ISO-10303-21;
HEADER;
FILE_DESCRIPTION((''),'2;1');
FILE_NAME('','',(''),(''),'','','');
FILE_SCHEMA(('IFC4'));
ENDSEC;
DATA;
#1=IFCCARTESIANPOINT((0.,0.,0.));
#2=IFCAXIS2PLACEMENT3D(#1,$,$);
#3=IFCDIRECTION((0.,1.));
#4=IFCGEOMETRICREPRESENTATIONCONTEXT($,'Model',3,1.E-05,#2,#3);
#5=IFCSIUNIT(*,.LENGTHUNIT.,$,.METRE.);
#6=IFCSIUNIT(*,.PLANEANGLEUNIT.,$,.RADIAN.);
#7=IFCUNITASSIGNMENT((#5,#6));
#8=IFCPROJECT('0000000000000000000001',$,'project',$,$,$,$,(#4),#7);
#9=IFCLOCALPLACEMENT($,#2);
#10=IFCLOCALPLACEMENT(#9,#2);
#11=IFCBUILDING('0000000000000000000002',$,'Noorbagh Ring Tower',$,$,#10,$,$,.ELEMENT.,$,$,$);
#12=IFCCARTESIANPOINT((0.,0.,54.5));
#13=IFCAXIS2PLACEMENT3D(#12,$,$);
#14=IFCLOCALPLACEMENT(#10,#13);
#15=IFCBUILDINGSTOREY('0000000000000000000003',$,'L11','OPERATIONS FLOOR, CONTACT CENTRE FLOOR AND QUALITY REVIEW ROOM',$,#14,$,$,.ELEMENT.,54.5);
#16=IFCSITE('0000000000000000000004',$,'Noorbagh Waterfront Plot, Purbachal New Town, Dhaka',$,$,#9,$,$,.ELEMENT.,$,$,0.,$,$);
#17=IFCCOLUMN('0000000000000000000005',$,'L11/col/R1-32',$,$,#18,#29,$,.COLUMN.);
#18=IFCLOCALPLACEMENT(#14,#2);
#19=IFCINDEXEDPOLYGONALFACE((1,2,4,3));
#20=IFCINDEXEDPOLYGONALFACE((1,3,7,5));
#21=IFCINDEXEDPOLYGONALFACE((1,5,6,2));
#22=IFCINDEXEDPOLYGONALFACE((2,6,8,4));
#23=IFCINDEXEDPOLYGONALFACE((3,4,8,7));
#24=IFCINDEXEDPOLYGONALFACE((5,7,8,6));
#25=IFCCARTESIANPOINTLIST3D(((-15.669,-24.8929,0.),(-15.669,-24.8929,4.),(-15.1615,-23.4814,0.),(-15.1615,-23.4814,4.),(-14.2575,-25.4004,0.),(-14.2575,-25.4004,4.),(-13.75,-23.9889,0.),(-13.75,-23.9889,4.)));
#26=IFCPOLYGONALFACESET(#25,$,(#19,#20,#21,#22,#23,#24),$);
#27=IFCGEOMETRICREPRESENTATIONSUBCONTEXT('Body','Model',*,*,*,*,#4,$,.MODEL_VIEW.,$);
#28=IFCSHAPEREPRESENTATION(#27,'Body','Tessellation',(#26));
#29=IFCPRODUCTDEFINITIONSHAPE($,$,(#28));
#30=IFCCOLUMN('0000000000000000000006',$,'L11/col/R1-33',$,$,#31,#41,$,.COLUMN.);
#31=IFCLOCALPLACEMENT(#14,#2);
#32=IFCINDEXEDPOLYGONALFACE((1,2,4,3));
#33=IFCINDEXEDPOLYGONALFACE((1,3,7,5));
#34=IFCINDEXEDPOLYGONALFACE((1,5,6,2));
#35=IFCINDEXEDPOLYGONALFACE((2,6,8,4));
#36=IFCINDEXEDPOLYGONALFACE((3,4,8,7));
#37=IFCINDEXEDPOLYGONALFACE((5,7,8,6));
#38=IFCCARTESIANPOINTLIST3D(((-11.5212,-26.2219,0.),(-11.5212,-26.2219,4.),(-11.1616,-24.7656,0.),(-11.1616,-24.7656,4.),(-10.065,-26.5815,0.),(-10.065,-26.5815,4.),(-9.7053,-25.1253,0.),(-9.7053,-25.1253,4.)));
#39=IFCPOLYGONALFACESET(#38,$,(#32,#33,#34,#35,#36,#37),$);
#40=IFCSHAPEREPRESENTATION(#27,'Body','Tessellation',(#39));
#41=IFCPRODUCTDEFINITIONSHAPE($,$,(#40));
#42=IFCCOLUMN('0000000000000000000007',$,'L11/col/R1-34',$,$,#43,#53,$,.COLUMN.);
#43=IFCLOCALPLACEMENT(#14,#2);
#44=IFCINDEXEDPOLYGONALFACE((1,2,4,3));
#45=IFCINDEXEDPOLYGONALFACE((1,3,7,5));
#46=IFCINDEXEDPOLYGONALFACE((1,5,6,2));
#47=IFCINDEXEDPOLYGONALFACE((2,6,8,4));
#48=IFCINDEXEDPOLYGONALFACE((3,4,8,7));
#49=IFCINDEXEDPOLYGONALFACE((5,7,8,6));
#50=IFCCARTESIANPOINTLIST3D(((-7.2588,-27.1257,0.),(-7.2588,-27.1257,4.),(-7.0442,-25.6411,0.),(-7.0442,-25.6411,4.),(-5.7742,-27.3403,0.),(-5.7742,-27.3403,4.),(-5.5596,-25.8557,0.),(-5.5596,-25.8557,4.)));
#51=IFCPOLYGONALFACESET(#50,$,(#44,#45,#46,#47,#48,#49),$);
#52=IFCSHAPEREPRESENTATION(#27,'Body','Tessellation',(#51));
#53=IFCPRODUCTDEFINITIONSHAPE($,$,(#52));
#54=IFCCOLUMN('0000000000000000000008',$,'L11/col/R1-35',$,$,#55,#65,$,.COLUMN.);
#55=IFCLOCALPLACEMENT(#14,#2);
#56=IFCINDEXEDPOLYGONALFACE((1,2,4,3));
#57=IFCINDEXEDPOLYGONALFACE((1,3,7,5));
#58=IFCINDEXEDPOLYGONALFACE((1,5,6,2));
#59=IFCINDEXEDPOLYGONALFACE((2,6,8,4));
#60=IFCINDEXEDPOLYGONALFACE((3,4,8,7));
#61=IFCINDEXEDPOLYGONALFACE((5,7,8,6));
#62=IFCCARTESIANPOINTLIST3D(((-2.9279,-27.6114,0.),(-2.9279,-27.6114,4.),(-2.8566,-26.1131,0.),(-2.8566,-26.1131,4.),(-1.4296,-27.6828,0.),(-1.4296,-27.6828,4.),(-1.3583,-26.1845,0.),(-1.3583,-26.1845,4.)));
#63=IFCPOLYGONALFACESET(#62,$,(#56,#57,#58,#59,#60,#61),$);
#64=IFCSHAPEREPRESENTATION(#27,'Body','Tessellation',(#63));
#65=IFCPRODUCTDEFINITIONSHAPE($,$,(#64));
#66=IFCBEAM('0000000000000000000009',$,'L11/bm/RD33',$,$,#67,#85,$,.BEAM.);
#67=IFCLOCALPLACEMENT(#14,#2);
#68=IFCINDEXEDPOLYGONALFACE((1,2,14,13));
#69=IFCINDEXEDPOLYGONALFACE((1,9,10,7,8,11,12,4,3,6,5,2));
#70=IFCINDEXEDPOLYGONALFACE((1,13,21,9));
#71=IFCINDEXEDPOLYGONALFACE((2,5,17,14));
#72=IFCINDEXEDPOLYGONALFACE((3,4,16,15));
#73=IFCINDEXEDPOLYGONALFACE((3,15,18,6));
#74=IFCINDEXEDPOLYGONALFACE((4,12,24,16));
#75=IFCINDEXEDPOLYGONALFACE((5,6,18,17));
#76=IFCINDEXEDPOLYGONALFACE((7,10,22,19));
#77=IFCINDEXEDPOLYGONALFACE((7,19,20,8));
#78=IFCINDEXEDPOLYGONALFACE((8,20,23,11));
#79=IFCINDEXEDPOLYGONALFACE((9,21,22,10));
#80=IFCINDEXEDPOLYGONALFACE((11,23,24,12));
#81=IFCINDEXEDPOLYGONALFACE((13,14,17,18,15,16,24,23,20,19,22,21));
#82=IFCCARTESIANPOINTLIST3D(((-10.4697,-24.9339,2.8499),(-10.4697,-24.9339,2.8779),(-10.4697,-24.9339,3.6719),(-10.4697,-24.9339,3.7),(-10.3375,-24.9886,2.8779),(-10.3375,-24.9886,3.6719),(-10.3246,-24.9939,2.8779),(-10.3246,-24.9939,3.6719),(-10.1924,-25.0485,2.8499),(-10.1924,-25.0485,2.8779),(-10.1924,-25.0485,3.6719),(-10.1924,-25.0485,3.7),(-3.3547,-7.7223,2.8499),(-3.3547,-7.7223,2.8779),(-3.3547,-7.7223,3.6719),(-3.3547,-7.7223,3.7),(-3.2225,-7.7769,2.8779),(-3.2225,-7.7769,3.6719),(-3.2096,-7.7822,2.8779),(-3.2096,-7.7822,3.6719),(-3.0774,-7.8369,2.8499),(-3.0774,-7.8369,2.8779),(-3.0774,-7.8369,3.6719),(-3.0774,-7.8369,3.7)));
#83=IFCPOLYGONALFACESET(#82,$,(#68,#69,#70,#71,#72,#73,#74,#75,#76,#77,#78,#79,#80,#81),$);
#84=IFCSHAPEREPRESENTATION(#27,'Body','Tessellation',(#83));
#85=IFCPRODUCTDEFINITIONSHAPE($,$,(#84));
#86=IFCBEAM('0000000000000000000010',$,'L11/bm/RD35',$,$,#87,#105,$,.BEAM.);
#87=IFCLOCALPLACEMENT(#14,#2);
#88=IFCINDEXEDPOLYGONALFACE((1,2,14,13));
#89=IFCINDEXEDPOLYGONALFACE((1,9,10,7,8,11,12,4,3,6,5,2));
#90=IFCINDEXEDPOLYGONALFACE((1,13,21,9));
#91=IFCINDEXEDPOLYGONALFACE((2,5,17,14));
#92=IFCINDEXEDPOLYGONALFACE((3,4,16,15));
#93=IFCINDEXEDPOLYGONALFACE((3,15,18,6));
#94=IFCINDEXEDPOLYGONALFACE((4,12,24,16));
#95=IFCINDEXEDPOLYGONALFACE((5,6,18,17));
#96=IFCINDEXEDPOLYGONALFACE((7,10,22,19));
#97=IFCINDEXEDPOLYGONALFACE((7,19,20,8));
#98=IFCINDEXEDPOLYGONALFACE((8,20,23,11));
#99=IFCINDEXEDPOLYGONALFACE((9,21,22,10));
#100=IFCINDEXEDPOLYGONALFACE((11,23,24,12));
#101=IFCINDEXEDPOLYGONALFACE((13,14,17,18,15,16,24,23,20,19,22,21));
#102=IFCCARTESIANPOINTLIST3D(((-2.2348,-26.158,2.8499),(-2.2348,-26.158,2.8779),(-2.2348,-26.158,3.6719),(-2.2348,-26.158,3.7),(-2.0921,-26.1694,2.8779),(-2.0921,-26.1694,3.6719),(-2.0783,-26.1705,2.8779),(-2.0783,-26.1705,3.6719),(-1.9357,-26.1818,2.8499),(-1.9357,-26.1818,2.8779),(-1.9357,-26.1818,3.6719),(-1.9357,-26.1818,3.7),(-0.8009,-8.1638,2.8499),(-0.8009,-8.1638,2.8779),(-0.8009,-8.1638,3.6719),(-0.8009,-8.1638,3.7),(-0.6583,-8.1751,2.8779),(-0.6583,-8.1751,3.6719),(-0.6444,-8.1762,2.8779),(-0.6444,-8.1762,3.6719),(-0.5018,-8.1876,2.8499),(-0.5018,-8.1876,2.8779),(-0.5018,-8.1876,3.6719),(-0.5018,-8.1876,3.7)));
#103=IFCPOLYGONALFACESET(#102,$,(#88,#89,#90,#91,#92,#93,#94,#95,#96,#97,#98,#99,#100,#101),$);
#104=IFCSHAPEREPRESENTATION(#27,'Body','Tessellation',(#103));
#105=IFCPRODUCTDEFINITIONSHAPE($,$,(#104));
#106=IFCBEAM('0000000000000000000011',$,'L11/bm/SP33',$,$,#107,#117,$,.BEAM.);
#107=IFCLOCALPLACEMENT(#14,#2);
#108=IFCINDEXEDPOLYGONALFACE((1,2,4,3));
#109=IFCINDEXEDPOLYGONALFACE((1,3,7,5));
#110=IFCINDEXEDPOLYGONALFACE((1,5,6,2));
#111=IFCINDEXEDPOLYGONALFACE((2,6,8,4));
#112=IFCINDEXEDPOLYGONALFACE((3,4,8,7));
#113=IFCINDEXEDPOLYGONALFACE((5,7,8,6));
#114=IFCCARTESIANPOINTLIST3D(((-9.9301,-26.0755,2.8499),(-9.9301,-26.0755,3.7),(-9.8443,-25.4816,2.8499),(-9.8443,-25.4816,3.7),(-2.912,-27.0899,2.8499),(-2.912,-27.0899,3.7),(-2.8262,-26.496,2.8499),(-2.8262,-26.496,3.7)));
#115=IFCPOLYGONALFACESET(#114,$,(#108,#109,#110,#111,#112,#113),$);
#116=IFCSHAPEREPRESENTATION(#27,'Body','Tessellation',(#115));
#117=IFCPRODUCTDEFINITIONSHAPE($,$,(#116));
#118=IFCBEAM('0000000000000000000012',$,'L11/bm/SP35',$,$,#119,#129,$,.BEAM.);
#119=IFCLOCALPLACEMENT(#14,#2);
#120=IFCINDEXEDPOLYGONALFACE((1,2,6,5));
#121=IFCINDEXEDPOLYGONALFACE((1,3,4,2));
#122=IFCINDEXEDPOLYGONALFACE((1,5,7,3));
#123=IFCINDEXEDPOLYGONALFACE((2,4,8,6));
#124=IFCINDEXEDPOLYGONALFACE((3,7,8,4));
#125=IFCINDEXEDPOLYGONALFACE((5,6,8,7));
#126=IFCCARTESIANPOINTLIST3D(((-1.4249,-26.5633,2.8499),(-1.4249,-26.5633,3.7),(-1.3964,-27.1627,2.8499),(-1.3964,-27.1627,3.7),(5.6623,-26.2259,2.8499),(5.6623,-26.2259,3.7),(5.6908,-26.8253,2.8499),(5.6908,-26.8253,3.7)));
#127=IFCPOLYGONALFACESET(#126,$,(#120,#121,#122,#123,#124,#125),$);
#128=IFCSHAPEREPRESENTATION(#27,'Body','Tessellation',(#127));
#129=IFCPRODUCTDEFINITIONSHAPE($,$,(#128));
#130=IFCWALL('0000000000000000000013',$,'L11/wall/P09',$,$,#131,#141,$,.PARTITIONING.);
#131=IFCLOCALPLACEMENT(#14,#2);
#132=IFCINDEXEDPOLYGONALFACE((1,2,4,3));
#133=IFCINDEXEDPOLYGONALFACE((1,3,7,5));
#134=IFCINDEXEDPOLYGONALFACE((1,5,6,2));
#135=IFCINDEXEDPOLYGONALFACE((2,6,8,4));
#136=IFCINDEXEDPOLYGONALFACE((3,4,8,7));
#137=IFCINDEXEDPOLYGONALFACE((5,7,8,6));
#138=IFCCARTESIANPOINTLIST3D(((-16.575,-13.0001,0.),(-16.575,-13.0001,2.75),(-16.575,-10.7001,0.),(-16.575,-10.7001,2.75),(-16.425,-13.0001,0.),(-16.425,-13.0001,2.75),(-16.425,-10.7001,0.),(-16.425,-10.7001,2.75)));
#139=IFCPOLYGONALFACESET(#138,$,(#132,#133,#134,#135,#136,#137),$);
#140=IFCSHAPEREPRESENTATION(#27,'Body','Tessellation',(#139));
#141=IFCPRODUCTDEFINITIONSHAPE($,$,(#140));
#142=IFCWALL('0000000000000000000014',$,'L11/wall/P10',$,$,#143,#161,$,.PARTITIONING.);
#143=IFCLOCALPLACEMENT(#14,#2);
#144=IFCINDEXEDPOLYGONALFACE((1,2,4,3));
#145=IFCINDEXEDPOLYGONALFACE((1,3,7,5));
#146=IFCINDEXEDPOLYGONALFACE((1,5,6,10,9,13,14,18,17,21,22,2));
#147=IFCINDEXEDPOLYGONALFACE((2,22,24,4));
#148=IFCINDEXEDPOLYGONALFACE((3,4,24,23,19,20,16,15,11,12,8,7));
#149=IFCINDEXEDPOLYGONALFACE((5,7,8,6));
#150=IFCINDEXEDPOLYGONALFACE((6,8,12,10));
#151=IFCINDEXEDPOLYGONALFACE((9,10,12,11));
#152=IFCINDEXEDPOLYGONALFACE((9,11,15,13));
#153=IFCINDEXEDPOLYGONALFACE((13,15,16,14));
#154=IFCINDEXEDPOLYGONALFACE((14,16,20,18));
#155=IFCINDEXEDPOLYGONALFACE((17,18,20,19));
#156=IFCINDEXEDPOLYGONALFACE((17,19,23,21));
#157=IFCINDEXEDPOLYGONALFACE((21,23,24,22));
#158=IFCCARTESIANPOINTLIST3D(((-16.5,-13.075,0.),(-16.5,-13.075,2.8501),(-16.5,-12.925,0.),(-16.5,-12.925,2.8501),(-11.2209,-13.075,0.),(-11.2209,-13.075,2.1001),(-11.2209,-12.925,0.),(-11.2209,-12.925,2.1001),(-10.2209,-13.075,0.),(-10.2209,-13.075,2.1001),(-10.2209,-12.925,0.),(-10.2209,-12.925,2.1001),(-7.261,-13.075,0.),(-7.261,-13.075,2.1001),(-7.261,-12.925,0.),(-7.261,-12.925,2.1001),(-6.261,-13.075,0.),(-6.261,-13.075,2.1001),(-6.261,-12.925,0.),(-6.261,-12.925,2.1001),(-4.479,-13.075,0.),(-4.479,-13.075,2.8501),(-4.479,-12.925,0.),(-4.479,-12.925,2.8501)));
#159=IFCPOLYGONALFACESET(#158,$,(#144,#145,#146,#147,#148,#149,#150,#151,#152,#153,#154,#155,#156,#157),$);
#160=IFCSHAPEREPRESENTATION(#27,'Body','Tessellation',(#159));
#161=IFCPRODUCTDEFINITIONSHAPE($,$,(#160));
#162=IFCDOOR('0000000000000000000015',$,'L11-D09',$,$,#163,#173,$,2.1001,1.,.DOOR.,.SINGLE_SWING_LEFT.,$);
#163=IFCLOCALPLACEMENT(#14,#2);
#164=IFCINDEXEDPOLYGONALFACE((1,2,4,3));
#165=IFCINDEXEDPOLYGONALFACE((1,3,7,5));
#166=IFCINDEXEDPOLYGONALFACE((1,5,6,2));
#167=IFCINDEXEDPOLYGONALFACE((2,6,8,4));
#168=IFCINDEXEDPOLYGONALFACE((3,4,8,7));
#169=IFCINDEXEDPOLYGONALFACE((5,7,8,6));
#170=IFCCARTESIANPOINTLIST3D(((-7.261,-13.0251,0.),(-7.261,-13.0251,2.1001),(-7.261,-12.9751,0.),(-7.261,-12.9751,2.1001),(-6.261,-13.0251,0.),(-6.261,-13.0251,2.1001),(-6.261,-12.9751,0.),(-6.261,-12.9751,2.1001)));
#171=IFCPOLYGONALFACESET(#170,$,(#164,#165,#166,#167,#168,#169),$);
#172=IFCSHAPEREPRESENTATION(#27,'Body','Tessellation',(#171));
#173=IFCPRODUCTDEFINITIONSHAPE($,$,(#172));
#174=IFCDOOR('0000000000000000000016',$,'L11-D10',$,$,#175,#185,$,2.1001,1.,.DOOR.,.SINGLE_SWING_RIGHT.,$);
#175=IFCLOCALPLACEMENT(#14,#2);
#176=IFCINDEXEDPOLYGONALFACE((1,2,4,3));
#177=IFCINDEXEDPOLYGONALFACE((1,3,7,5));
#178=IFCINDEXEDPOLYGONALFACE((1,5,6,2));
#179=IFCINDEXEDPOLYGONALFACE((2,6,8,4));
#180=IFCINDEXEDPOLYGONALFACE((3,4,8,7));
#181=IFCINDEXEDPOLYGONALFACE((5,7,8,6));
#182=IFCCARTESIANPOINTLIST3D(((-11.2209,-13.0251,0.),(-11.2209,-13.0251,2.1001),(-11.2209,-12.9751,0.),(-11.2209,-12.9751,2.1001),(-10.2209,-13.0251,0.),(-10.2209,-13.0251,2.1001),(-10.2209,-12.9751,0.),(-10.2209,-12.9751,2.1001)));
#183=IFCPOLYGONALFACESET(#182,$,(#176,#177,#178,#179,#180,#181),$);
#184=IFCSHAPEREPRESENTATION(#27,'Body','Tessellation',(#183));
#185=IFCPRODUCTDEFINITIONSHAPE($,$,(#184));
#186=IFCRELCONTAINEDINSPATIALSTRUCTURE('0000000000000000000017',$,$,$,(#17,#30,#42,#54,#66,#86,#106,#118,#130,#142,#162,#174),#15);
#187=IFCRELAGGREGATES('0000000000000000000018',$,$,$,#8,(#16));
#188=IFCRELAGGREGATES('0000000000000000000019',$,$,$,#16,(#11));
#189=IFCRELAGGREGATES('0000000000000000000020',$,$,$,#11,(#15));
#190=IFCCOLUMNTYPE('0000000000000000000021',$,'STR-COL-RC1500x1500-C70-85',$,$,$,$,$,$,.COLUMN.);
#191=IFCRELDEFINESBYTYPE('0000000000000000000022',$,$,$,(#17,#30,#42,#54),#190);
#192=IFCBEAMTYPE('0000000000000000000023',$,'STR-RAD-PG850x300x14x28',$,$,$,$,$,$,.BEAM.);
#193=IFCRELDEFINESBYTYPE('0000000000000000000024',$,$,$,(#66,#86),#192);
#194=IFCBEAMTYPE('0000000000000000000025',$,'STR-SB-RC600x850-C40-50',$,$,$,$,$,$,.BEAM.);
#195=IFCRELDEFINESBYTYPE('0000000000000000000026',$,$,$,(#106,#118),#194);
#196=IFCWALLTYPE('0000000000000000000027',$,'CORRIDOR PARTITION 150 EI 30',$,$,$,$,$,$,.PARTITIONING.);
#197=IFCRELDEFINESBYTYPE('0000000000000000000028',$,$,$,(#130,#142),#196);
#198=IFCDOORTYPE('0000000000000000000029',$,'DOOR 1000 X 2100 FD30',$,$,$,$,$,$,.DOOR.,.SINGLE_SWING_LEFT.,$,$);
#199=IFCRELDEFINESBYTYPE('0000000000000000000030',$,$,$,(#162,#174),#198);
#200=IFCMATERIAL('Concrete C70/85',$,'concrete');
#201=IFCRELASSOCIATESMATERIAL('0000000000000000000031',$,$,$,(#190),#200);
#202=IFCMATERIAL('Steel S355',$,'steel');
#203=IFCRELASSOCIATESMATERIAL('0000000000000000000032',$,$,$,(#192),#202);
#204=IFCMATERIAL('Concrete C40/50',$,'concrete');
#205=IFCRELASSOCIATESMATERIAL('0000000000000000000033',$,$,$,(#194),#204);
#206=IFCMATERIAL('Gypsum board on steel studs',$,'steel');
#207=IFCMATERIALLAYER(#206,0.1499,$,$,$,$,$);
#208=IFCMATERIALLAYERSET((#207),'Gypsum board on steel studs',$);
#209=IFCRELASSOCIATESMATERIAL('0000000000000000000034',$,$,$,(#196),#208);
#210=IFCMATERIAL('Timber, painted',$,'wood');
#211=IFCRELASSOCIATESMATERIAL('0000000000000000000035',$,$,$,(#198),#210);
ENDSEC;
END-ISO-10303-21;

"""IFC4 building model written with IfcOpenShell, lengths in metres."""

from ifc_helpers import new_model, si_unit, direction, frame, frame_2d, origin, origin_2d, place, context, subcontext, project, spatial, rectangle, i_section, extrude, material, layer, layer_set, material_profile, profile_set, type_object, element, fill, save


model = new_model("IFC4")

# Units and contexts
model_context = context("Model", 3, precision=1e-05, world=origin(), true_north=direction((0.0, 1.0)))
body_context = subcontext(model_context, "Body", "Model", "MODEL_VIEW")
ifc_project = project(units=[si_unit("LENGTHUNIT", "METRE"), si_unit("PLANEANGLEUNIT", "RADIAN")], contexts=[model_context])

# Site, building, storey
site_placement = place(None, origin())
site = spatial("IfcSite", under=ifc_project, at=site_placement, Name="Noorbagh Waterfront Plot, Purbachal New Town, Dhaka", CompositionType="ELEMENT", RefElevation=0.0)
building_placement = place(site_placement, origin())
building = spatial("IfcBuilding", under=site, at=building_placement, Name="Noorbagh Ring Tower", CompositionType="ELEMENT")
storey_placement = place(building_placement, frame((0.0, 0.0, 54.5)))
storey = spatial("IfcBuildingStorey", under=building, at=storey_placement, Name="L11", Description="OPERATIONS FLOOR, CONTACT CENTRE FLOOR AND QUALITY REVIEW ROOM", CompositionType="ELEMENT", Elevation=54.5)

# Columns
ifc_material_1 = material(Name="Concrete C70/85", Category="concrete")
ifc_material_profile_1 = material_profile(ifc_material_1, rectangle(XDim=1.5, YDim=1.5, at=origin_2d()), Name="RC1500x1500")
ifc_profile_set_1 = profile_set([ifc_material_profile_1], Name="Concrete C70/85")
column_type = type_object("IfcColumnType", Name="STR-COL-RC1500x1500-C70-85", PredefinedType="COLUMN", material=ifc_profile_set_1)
for number, where, z_axis, x_axis, name in (
    (1, (-14.7095, -24.4409, 0.0), (0.0, 0.0, 1.0), (0.941025, -0.338338, 0.0), "L11/col/R1-32"),
    (2, (-10.6133, -25.6736, 0.0), (0.0, 0.0, 1.0), (0.970829, -0.239771, 0.0), "L11/col/R1-33"),
    (3, (-6.4092, -26.4907, 0.0), (0.0, 0.0, 1.0), (0.989713, -0.143066, 0.0), "L11/col/R1-34"),
    (4, (-2.1431, -26.8979, 0.0), (0.0, 0.0, 1.0), (0.998869, -0.047553, 0.0), "L11/col/R1-35"),
):
    element("IfcColumn", number, at=place(storey_placement, frame(where, z_axis=z_axis, x_axis=x_axis)), inside=storey, type_object=column_type, Name=name, PredefinedType="COLUMN", context=body_context, shape_type="SweptSolid", body=[
        extrude(rectangle(XDim=1.5, YDim=1.5, at=origin_2d()), origin(), (0.0, 0.0, 1.0), 4.0),
    ])

# Beams
ifc_material_2 = material(Name="Steel S355", Category="steel")
ifc_material_profile_2 = material_profile(ifc_material_2, i_section(OverallWidth=0.3, OverallDepth=0.8501, WebThickness=0.0139, FlangeThickness=0.0281, at=origin_2d()), Name="PG850x300x14x28")
ifc_profile_set_2 = profile_set([ifc_material_profile_2], Name="Steel S355")
beam_type_1 = type_object("IfcBeamType", Name="STR-RAD-PG850x300x14x28", PredefinedType="BEAM", material=ifc_profile_set_2)
beam_1_placement = place(storey_placement, frame((-10.3311, -24.9912, 3.2749), z_axis=(0.382027, 0.924151, 0.0), x_axis=(-0.924151, 0.382027, 0.0)))
element("IfcBeam", 5, at=beam_1_placement, inside=storey, type_object=beam_type_1, Name="L11/bm/RD33", PredefinedType="BEAM", context=body_context, shape_type="SweptSolid", body=[
    extrude(i_section(OverallWidth=0.3, OverallDepth=0.8501, WebThickness=0.0139, FlangeThickness=0.0281, at=origin_2d()), origin(), (0.0, 0.0, 1.0), 18.6243),
])
beam_2_placement = place(storey_placement, frame((-2.0852, -26.1699, 3.2749), z_axis=(0.079432, 0.99684, 0.0), x_axis=(-0.99684, 0.079432, 0.0)))
element("IfcBeam", 6, at=beam_2_placement, inside=storey, type_object=beam_type_1, Name="L11/bm/RD35", PredefinedType="BEAM", context=body_context, shape_type="SweptSolid", body=[
    extrude(i_section(OverallWidth=0.3, OverallDepth=0.8501, WebThickness=0.0139, FlangeThickness=0.0281, at=origin_2d()), origin(), (0.0, 0.0, 1.0), 18.0513),
])
ifc_material_3 = material(Name="Concrete C40/50", Category="concrete")
ifc_material_profile_3 = material_profile(ifc_material_3, rectangle(XDim=0.6001, YDim=0.8501, at=origin_2d()), Name="RC600x850")
ifc_profile_set_3 = profile_set([ifc_material_profile_3], Name="Concrete C40/50")
beam_type_2 = type_object("IfcBeamType", Name="STR-SB-RC600x850-C40-50", PredefinedType="BEAM", material=ifc_profile_set_3)
beam_3_placement = place(storey_placement, frame((-9.8872, -25.7786, 3.2749), z_axis=(0.989715, -0.143055, 0.0), x_axis=(0.143055, 0.989715, 0.0)))
element("IfcBeam", 7, at=beam_3_placement, inside=storey, type_object=beam_type_2, Name="L11/bm/SP33", PredefinedType="BEAM", context=body_context, shape_type="SweptSolid", body=[
    extrude(rectangle(XDim=0.6001, YDim=0.8501, at=origin_2d()), origin(), (0.0, 0.0, 1.0), 7.0911),
])
beam_4_placement = place(storey_placement, frame((-1.4106, -26.863, 3.2749), z_axis=(0.998869, 0.047554, 0.0), x_axis=(-0.047554, 0.998869, 0.0)))
element("IfcBeam", 8, at=beam_4_placement, inside=storey, type_object=beam_type_2, Name="L11/bm/SP35", PredefinedType="BEAM", context=body_context, shape_type="SweptSolid", body=[
    extrude(rectangle(XDim=0.6001, YDim=0.8501, at=origin_2d()), origin(), (0.0, 0.0, 1.0), 7.0952),
])

# Wall
ifc_material_4 = material(Name="Gypsum board on steel studs", Category="steel")
ifc_layer_1 = layer(ifc_material_4, 0.1499)
ifc_layer_set_1 = layer_set([ifc_layer_1], Name="Gypsum board on steel studs")
wall_type_1 = type_object("IfcWallType", Name="CORRIDOR PARTITION 150 EI 30", PredefinedType="PARTITIONING", material=ifc_layer_set_1)
wall_1_placement = place(storey_placement, frame((-16.5, -13.0, 0.0), z_axis=(0.0, 0.0, 1.0), x_axis=(0.0, 1.0, 0.0)))
element("IfcWall", 9, at=wall_1_placement, inside=storey, type_object=wall_type_1, Name="L11/wall/P09", PredefinedType="PARTITIONING", context=body_context, shape_type="SweptSolid", body=[
    extrude(rectangle(XDim=2.3, YDim=0.1499, at=frame_2d((1.1499, 0.0))), origin(), (0.0, 0.0, 1.0), 2.75),
])

# Wall, openings, doors
wall_2_placement = place(storey_placement, frame((-16.5, -13.0, 0.0), z_axis=(0.0, 0.0, 1.0), x_axis=(1.0, 0.0, 0.0)))
wall_2 = element("IfcWall", 10, at=wall_2_placement, inside=storey, type_object=wall_type_1, Name="L11/wall/P10", PredefinedType="PARTITIONING", context=body_context, shape_type="SweptSolid", body=[
    extrude(rectangle(XDim=12.021, YDim=0.1499, at=frame_2d((6.0105, 0.0))), origin(), (0.0, 0.0, 1.0), 2.8501),
])
opening_1_placement = place(wall_2_placement, frame((9.239, 0.0, 0.0)))
opening_1 = element("IfcOpeningElement", 11, at=opening_1_placement, cuts=wall_2, PredefinedType="OPENING", context=body_context, shape_type="SweptSolid", body=[
    extrude(rectangle(XDim=1.0, YDim=2.1001, at=frame_2d((0.5, 1.05))), frame((0.0, 0.085, 0.0), z_axis=(0.0, -1.0, 0.0), x_axis=(1.0, 0.0, 0.0)), (0.0, 0.0, 1.0), 0.1699),
])
opening_2_placement = place(wall_2_placement, frame((5.2791, 0.0, 0.0)))
opening_2 = element("IfcOpeningElement", 12, at=opening_2_placement, cuts=wall_2, PredefinedType="OPENING", context=body_context, shape_type="SweptSolid", body=[
    extrude(rectangle(XDim=1.0, YDim=2.1001, at=frame_2d((0.5, 1.05))), frame((0.0, 0.085, 0.0), z_axis=(0.0, -1.0, 0.0), x_axis=(1.0, 0.0, 0.0)), (0.0, 0.0, 1.0), 0.1699),
])
ifc_material_5 = material(Name="Timber, painted", Category="wood")
door_type = type_object("IfcDoorType", Name="DOOR 1000 X 2100 FD30", OperationType="SINGLE_SWING_LEFT", PredefinedType="DOOR", material=ifc_material_5)
door_1_placement = place(opening_1_placement, origin())
door_1 = element("IfcDoor", 13, at=door_1_placement, inside=storey, type_object=door_type, Name="L11-D09", OperationType="SINGLE_SWING_LEFT", OverallHeight=2.1001, OverallWidth=1.0, PredefinedType="DOOR", context=body_context, shape_type="SweptSolid", body=[
    extrude(rectangle(XDim=1.0, YDim=2.1001, at=frame_2d((0.5, 1.05))), frame((0.0, 0.0249, 0.0), z_axis=(0.0, -1.0, 0.0), x_axis=(1.0, 0.0, 0.0)), (0.0, 0.0, 1.0), 0.05),
])
fill(opening_1, door_1)
door_2_placement = place(opening_2_placement, origin())
door_2 = element("IfcDoor", 14, at=door_2_placement, inside=storey, type_object=door_type, Name="L11-D10", OperationType="SINGLE_SWING_RIGHT", OverallHeight=2.1001, OverallWidth=1.0, PredefinedType="DOOR", context=body_context, shape_type="SweptSolid", body=[
    extrude(rectangle(XDim=1.0, YDim=2.1001, at=frame_2d((0.5, 1.05))), frame((0.0, 0.0249, 0.0), z_axis=(0.0, -1.0, 0.0), x_axis=(1.0, 0.0, 0.0)), (0.0, 0.0, 1.0), 0.05),
])
fill(opening_2, door_2)

save(model, "model.ifc")
